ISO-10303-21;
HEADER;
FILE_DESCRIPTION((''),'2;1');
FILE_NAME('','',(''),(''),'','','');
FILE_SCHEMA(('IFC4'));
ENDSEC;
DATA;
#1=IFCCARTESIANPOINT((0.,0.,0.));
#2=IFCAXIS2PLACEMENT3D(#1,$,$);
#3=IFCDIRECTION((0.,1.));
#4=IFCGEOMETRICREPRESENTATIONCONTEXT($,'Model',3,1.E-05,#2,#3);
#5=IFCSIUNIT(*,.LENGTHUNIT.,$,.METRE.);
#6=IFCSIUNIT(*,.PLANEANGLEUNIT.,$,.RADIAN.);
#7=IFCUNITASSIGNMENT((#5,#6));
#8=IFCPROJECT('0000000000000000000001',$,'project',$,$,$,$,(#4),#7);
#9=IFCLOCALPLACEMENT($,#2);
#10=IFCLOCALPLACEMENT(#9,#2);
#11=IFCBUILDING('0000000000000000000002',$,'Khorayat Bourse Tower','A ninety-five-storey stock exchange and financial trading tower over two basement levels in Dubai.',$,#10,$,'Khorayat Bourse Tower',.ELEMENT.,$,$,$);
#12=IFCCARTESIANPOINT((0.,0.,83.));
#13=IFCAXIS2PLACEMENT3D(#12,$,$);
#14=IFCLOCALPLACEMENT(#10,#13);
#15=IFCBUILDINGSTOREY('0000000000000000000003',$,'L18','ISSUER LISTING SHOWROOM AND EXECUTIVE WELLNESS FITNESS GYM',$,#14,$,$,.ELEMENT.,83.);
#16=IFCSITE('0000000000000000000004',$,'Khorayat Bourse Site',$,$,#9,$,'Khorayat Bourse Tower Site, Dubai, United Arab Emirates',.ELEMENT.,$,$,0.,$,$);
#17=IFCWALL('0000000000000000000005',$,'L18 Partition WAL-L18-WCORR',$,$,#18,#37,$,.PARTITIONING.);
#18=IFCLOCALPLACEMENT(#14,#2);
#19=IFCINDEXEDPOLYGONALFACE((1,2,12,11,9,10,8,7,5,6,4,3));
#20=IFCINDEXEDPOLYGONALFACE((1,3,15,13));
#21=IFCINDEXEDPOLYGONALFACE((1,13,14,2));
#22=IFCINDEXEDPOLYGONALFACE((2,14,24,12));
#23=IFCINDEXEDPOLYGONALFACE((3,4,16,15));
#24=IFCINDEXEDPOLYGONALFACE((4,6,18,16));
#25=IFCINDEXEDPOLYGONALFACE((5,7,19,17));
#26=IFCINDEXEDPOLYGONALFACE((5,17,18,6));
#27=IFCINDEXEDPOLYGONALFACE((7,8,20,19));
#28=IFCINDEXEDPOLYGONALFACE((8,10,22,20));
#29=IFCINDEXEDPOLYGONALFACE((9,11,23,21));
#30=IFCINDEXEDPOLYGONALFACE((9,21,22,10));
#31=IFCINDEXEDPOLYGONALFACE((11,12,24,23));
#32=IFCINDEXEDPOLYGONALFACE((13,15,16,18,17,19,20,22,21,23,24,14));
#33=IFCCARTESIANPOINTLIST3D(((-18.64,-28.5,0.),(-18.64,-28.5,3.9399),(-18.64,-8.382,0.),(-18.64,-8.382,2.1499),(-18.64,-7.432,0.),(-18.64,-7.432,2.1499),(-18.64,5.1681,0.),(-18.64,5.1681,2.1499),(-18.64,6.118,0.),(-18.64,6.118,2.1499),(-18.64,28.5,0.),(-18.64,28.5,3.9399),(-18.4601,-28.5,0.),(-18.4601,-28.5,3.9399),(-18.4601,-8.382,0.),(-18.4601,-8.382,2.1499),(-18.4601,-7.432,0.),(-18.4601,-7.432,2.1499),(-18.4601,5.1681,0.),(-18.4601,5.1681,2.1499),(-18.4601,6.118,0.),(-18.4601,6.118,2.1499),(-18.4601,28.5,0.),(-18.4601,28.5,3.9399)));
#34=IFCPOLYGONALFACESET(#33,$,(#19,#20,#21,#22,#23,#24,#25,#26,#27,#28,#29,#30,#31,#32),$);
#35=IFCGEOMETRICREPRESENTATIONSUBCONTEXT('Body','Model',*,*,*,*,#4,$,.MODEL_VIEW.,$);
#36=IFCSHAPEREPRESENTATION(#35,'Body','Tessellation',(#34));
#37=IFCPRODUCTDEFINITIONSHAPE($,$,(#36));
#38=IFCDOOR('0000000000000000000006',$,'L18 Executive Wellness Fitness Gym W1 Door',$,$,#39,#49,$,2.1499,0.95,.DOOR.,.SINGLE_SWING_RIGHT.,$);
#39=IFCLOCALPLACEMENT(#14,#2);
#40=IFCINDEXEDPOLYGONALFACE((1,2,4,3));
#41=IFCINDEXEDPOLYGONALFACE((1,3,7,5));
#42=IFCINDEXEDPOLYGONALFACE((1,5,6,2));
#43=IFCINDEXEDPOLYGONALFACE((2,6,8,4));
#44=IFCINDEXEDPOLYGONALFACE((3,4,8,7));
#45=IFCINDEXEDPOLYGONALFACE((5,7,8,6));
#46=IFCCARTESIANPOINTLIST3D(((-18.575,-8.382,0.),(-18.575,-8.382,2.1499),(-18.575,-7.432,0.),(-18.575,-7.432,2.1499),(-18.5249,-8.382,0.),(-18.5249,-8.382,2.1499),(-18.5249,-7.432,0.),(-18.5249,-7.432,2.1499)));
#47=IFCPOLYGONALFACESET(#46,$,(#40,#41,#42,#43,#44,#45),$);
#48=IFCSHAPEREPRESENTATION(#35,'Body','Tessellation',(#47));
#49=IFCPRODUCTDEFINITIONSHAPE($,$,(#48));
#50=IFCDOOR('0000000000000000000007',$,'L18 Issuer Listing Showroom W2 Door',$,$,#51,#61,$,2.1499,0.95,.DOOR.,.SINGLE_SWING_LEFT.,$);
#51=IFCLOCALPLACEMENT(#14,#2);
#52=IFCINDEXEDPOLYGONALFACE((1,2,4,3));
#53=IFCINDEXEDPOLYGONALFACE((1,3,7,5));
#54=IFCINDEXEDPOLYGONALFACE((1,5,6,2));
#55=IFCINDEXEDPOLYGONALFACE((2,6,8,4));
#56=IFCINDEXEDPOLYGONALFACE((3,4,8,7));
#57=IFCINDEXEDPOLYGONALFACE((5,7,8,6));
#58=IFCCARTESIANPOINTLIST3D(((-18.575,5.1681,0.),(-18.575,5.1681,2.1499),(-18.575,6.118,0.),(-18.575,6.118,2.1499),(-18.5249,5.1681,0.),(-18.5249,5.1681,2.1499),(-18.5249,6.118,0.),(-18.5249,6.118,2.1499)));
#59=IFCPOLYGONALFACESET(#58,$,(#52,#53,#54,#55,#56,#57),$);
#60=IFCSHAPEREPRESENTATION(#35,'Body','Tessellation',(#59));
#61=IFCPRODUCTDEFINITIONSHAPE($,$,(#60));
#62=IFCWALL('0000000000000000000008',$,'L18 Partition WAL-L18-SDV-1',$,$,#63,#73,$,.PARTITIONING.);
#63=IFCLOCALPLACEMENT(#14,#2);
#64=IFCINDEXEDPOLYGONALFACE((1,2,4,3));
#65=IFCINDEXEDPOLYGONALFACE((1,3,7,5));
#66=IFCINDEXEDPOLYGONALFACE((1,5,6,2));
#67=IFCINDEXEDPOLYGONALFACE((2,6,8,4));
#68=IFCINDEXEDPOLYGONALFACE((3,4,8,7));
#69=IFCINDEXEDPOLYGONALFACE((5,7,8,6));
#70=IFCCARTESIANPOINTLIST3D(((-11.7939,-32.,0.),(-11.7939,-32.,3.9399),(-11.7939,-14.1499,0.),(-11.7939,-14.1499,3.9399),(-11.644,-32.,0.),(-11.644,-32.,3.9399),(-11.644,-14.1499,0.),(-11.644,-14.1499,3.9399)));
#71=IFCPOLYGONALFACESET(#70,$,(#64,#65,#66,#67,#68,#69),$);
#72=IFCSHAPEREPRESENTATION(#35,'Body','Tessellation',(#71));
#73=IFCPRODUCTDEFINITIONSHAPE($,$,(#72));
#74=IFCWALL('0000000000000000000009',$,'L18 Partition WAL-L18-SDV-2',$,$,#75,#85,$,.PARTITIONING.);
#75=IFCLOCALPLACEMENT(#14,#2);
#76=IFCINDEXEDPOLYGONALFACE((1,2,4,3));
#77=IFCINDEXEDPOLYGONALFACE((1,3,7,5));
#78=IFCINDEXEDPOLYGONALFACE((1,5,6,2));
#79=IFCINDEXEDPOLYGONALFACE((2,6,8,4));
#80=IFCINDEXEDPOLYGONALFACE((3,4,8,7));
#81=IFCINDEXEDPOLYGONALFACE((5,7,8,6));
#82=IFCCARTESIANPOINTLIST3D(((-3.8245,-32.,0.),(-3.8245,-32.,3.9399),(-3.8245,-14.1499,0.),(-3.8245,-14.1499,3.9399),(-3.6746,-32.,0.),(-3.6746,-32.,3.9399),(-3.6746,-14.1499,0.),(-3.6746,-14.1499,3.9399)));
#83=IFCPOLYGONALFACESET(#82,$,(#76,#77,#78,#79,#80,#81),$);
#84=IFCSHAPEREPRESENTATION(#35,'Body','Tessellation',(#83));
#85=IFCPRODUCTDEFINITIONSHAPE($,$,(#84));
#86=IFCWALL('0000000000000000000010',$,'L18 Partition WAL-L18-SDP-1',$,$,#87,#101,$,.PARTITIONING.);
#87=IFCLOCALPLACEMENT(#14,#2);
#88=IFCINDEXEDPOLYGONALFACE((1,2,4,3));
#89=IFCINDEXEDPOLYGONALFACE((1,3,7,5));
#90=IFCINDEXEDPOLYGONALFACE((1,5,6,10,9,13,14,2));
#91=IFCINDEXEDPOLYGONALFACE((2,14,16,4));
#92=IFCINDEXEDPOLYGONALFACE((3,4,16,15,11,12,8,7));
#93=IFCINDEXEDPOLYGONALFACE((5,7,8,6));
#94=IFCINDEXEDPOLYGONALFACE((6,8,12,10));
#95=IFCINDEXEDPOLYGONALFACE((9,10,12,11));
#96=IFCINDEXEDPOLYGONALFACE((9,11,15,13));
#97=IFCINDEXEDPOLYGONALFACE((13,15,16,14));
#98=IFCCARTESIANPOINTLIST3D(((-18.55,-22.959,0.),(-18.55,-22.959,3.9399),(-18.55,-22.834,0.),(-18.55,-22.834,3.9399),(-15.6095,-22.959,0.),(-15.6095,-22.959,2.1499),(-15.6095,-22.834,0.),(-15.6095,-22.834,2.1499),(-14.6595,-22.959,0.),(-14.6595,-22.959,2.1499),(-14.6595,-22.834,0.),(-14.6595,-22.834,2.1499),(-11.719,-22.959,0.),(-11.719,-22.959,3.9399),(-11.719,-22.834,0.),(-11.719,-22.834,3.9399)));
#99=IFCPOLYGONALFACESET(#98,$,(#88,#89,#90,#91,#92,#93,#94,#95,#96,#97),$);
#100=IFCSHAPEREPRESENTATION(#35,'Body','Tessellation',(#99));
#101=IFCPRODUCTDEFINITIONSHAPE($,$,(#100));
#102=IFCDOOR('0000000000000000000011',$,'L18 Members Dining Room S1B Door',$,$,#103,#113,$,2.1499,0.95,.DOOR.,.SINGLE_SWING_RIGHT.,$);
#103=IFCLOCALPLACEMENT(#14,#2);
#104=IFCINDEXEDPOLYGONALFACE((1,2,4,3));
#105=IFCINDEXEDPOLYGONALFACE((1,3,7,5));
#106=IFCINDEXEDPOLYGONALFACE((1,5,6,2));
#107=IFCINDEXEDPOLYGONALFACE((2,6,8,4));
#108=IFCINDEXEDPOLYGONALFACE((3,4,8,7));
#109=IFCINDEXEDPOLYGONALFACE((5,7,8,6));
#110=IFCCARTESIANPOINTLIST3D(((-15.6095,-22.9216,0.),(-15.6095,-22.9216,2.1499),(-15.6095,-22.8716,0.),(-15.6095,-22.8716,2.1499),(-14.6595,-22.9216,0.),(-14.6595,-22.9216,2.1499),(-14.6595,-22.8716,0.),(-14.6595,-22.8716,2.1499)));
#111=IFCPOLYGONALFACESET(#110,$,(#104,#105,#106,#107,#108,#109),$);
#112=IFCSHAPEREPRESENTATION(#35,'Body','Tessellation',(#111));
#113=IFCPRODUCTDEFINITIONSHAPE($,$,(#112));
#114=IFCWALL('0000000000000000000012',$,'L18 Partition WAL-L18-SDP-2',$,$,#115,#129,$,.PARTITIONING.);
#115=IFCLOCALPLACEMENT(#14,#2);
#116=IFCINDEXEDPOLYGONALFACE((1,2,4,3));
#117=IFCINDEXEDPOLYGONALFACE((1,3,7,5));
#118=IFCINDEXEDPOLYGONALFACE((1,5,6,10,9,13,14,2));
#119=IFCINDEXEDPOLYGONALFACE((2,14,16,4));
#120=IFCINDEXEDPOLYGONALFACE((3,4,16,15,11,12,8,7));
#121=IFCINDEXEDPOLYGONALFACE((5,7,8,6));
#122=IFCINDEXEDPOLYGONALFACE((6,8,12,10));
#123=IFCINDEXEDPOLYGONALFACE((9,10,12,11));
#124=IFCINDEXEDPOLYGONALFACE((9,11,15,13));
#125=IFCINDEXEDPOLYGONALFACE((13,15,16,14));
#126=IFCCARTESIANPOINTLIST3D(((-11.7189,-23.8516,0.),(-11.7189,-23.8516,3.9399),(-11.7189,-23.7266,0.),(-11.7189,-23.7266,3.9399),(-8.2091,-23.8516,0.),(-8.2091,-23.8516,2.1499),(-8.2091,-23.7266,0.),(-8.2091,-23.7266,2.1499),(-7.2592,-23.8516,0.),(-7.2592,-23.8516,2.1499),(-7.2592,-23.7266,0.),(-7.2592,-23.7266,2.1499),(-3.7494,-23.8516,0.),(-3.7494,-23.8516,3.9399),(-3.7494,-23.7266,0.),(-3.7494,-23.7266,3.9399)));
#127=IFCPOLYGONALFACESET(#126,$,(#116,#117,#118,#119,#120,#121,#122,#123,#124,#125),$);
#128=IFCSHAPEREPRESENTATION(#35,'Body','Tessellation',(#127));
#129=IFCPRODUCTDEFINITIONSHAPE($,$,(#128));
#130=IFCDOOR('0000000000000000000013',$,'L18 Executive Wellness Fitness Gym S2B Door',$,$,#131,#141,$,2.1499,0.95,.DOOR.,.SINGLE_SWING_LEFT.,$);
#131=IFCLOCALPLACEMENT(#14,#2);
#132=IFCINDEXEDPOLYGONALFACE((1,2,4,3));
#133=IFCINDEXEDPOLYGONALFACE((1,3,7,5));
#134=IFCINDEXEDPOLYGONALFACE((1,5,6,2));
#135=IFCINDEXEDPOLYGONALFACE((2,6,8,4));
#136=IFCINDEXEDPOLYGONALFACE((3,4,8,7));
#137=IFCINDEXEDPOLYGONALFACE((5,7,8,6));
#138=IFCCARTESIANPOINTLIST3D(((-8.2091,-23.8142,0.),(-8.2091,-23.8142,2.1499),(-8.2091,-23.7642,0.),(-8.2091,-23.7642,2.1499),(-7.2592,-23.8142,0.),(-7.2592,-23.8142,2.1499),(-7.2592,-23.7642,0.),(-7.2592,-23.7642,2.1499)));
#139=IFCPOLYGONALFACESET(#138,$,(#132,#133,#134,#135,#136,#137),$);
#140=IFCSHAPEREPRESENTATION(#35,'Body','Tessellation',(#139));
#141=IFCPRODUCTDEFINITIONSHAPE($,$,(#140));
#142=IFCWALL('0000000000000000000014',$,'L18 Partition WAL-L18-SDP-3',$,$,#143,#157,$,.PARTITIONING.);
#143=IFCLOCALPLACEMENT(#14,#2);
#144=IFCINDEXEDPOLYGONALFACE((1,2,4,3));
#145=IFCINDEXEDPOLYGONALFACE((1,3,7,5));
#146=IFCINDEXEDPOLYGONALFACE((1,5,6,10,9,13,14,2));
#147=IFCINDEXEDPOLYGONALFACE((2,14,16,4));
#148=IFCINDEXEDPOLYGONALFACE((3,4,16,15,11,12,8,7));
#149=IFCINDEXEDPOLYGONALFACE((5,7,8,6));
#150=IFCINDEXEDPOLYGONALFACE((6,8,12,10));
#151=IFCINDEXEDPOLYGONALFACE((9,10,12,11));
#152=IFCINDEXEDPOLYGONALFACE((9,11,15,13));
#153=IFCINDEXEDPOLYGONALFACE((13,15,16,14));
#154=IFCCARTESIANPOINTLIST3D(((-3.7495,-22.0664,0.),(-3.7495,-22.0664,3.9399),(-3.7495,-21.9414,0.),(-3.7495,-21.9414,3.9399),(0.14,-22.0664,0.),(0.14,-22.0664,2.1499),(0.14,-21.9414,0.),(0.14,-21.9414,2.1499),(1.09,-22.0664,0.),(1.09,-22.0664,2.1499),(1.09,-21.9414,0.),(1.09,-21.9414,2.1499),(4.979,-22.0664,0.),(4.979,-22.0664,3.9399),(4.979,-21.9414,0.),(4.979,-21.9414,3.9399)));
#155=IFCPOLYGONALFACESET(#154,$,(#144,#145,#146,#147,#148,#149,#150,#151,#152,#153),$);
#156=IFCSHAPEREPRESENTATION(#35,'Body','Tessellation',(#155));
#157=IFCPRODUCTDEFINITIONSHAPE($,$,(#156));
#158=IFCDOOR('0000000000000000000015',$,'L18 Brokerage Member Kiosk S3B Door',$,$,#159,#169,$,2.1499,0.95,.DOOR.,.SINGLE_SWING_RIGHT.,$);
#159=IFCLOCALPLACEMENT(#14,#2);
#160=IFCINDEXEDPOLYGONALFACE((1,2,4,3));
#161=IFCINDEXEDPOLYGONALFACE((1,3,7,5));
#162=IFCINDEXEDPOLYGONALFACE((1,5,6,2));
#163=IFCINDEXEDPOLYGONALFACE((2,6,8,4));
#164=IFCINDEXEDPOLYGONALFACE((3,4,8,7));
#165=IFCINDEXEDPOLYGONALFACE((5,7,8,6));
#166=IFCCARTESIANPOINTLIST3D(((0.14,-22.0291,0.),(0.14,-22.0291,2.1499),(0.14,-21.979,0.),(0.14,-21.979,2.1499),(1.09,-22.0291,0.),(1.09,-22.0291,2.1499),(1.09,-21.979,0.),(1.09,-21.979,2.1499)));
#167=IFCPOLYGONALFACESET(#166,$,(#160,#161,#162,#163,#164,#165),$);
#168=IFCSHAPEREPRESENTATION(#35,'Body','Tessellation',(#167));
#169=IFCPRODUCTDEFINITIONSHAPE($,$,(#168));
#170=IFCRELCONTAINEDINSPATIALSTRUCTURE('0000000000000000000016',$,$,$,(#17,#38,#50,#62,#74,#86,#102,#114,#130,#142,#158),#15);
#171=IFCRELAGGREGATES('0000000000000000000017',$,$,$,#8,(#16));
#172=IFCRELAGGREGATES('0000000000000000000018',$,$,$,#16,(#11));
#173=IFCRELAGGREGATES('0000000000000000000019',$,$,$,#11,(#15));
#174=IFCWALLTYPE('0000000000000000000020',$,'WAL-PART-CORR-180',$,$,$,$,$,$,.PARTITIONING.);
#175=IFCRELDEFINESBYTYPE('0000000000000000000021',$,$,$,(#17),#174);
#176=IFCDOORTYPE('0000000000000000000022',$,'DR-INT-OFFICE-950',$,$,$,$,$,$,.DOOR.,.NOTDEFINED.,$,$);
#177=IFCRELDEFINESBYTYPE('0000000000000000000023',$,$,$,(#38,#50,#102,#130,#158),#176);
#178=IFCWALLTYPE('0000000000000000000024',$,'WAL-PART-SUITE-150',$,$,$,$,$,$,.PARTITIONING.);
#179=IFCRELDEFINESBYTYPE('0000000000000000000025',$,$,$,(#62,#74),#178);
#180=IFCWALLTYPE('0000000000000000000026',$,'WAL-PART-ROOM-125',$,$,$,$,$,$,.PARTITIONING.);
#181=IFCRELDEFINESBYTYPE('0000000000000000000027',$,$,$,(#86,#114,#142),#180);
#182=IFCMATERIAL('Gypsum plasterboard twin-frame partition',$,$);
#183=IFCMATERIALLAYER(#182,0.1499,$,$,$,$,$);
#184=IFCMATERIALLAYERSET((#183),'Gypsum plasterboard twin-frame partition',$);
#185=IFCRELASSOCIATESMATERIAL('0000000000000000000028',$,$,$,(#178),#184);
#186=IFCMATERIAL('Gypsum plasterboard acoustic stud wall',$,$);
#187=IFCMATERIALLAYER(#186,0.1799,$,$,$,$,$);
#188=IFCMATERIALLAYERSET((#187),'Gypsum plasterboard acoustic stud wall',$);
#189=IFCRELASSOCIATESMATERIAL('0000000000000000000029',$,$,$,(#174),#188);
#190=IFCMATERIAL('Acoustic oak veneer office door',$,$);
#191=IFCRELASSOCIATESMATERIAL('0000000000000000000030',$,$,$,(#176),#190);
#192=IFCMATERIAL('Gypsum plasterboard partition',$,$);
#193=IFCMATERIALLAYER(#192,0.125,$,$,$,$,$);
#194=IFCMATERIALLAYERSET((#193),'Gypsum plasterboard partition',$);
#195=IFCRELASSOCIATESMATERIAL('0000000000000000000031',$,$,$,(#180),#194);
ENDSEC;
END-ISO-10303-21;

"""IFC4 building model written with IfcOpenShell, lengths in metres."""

from ifc_helpers import new_model, si_unit, direction, frame, frame_2d, origin, place, context, subcontext, project, spatial, rectangle, extrude, source, transform, mapped, material, layer, layer_set, type_object, element, fill, save


model = new_model("IFC4")

# Units and contexts
model_context = context("Model", 3, precision=1e-05, world=origin(), true_north=direction((0.0, 1.0)))
body_context = subcontext(model_context, "Body", "Model", "MODEL_VIEW")
ifc_project = project(units=[si_unit("LENGTHUNIT", "METRE"), si_unit("PLANEANGLEUNIT", "RADIAN")], contexts=[model_context])

# Site, building, storey
site_placement = place(None, origin())
site = spatial("IfcSite", under=ifc_project, at=site_placement, Name="Khorayat Bourse Site", LongName="Khorayat Bourse Tower Site, Dubai, United Arab Emirates", CompositionType="ELEMENT", RefElevation=0.0)
building_placement = place(site_placement, origin())
building = spatial("IfcBuilding", under=site, at=building_placement, Name="Khorayat Bourse Tower", Description="A ninety-five-storey stock exchange and financial trading tower over two basement levels in Dubai.", LongName="Khorayat Bourse Tower", CompositionType="ELEMENT")
storey_placement = place(building_placement, frame((0.0, 0.0, 83.0)))
storey = spatial("IfcBuildingStorey", under=building, at=storey_placement, Name="L18", Description="ISSUER LISTING SHOWROOM AND EXECUTIVE WELLNESS FITNESS GYM", CompositionType="ELEMENT", Elevation=83.0)

# Shared definitions
ifc_material_1 = material(Name="Gypsum plasterboard twin-frame partition")
ifc_layer_1 = layer(ifc_material_1, 0.1499)
ifc_layer_set_1 = layer_set([ifc_layer_1], Name="Gypsum plasterboard twin-frame partition")
wall_type_1 = type_object("IfcWallType", Name="WAL-PART-SUITE-150", PredefinedType="PARTITIONING", material=ifc_layer_set_1)

# Wall, openings, doors
ifc_material_2 = material(Name="Gypsum plasterboard acoustic stud wall")
ifc_layer_2 = layer(ifc_material_2, 0.1799)
ifc_layer_set_2 = layer_set([ifc_layer_2], Name="Gypsum plasterboard acoustic stud wall")
wall_type_2 = type_object("IfcWallType", Name="WAL-PART-CORR-180", PredefinedType="PARTITIONING", material=ifc_layer_set_2)
shared_shape_1 = source(origin(), body_context, "Body", "SweptSolid", [
    extrude(rectangle(XDim=57.0, YDim=0.1799, at=frame_2d((28.5, 0.0))), origin(), (0.0, 0.0, 1.0), 3.9399),
])
wall_1_placement = place(storey_placement, frame((-18.55, -28.5, 0.0), z_axis=(0.0, 0.0, 1.0), x_axis=(0.0, 1.0, 0.0)))
wall_1 = element("IfcWall", 1, at=wall_1_placement, inside=storey, type_object=wall_type_2, Name="L18 Partition WAL-L18-WCORR", PredefinedType="PARTITIONING", context=body_context, shape_type="MappedRepresentation", body=[
    mapped(shared_shape_1, transform((0.0, 0.0, 0.0), scale=1.0)),
])
shared_shape_2 = source(origin(), body_context, "Body", "SweptSolid", [
    extrude(rectangle(XDim=0.95, YDim=2.1499, at=frame_2d((0.4751, 1.075))), frame((0.0, 0.0999, 0.0), z_axis=(0.0, -1.0, 0.0), x_axis=(1.0, 0.0, 0.0)), (0.0, 0.0, 1.0), 0.2),
])
opening_1_placement = place(wall_1_placement, frame((20.1179, 0.0, 0.0)))
opening_1 = element("IfcOpeningElement", 2, at=opening_1_placement, cuts=wall_1, PredefinedType="OPENING", context=body_context, shape_type="MappedRepresentation", body=[
    mapped(shared_shape_2, transform((0.0, 0.0, 0.0), scale=1.0)),
])
opening_2_placement = place(wall_1_placement, frame((33.668, 0.0, 0.0)))
opening_2 = element("IfcOpeningElement", 3, at=opening_2_placement, cuts=wall_1, PredefinedType="OPENING", context=body_context, shape_type="MappedRepresentation", body=[
    mapped(shared_shape_2, transform((0.0, 0.0, 0.0), scale=1.0)),
])
ifc_material_3 = material(Name="Acoustic oak veneer office door")
door_type = type_object("IfcDoorType", Name="DR-INT-OFFICE-950", OperationType="NOTDEFINED", PredefinedType="DOOR", material=ifc_material_3)
shared_shape_3 = source(origin(), body_context, "Body", "SweptSolid", [
    extrude(rectangle(XDim=0.95, YDim=2.1499, at=frame_2d((0.4751, 1.075))), frame((0.0, 0.0249, 0.0), z_axis=(0.0, -1.0, 0.0), x_axis=(1.0, 0.0, 0.0)), (0.0, 0.0, 1.0), 0.05),
])
door_1_placement = place(opening_1_placement, origin())
door_1 = element("IfcDoor", 4, at=door_1_placement, inside=storey, type_object=door_type, Name="L18 Executive Wellness Fitness Gym W1 Door", OperationType="SINGLE_SWING_RIGHT", OverallHeight=2.1499, OverallWidth=0.95, PredefinedType="DOOR", context=body_context, shape_type="MappedRepresentation", body=[
    mapped(shared_shape_3, transform((0.0, 0.0, 0.0), scale=1.0)),
])
fill(opening_1, door_1)
door_2_placement = place(opening_2_placement, origin())
door_2 = element("IfcDoor", 5, at=door_2_placement, inside=storey, type_object=door_type, Name="L18 Issuer Listing Showroom W2 Door", OperationType="SINGLE_SWING_LEFT", OverallHeight=2.1499, OverallWidth=0.95, PredefinedType="DOOR", context=body_context, shape_type="MappedRepresentation", body=[
    mapped(shared_shape_3, transform((0.0, 0.0, 0.0), scale=1.0)),
])
fill(opening_2, door_2)

# Walls
shared_shape_4 = source(origin(), body_context, "Body", "SweptSolid", [
    extrude(rectangle(XDim=17.8501, YDim=0.1499, at=frame_2d((8.925, 0.0))), origin(), (0.0, 0.0, 1.0), 3.9399),
])
for number, where, z_axis, x_axis, name in (
    (6, (-11.719, -32.0, 0.0), (0.0, 0.0, 1.0), (0.0, 1.0, 0.0), "L18 Partition WAL-L18-SDV-1"),
    (7, (-3.7495, -32.0, 0.0), (0.0, 0.0, 1.0), (0.0, 1.0, 0.0), "L18 Partition WAL-L18-SDV-2"),
):
    element("IfcWall", number, at=place(storey_placement, frame(where, z_axis=z_axis, x_axis=x_axis)), inside=storey, type_object=wall_type_1, Name=name, PredefinedType="PARTITIONING", context=body_context, shape_type="MappedRepresentation", body=[
        mapped(shared_shape_4, transform((0.0, 0.0, 0.0), scale=1.0)),
    ])

# Walls, openings, doors
ifc_material_4 = material(Name="Gypsum plasterboard partition")
ifc_layer_3 = layer(ifc_material_4, 0.125)
ifc_layer_set_3 = layer_set([ifc_layer_3], Name="Gypsum plasterboard partition")
wall_type_3 = type_object("IfcWallType", Name="WAL-PART-ROOM-125", PredefinedType="PARTITIONING", material=ifc_layer_set_3)
shared_shape_5 = source(origin(), body_context, "Body", "SweptSolid", [
    extrude(rectangle(XDim=6.8311, YDim=0.125, at=frame_2d((3.4155, 0.0))), origin(), (0.0, 0.0, 1.0), 3.9399),
])
wall_2_placement = place(storey_placement, frame((-18.55, -22.8965, 0.0), z_axis=(0.0, 0.0, 1.0), x_axis=(1.0, 0.0, 0.0)))
wall_2 = element("IfcWall", 8, at=wall_2_placement, inside=storey, type_object=wall_type_3, Name="L18 Partition WAL-L18-SDP-1", PredefinedType="PARTITIONING", context=body_context, shape_type="MappedRepresentation", body=[
    mapped(shared_shape_5, transform((0.0, 0.0, 0.0), scale=1.0)),
])
shared_shape_6 = source(origin(), body_context, "Body", "SweptSolid", [
    extrude(rectangle(XDim=0.95, YDim=2.1499, at=frame_2d((0.4751, 1.075))), frame((0.0, 0.0725, 0.0), z_axis=(0.0, -1.0, 0.0), x_axis=(1.0, 0.0, 0.0)), (0.0, 0.0, 1.0), 0.145),
])
opening_3_placement = place(wall_2_placement, frame((2.9404, 0.0, 0.0)))
opening_3 = element("IfcOpeningElement", 9, at=opening_3_placement, cuts=wall_2, PredefinedType="OPENING", context=body_context, shape_type="MappedRepresentation", body=[
    mapped(shared_shape_6, transform((0.0, 0.0, 0.0), scale=1.0)),
])
door_3_placement = place(opening_3_placement, origin())
door_3 = element("IfcDoor", 10, at=door_3_placement, inside=storey, type_object=door_type, Name="L18 Members Dining Room S1B Door", OperationType="SINGLE_SWING_RIGHT", OverallHeight=2.1499, OverallWidth=0.95, PredefinedType="DOOR", context=body_context, shape_type="MappedRepresentation", body=[
    mapped(shared_shape_3, transform((0.0, 0.0, 0.0), scale=1.0)),
])
fill(opening_3, door_3)
shared_shape_7 = source(origin(), body_context, "Body", "SweptSolid", [
    extrude(rectangle(XDim=7.9695, YDim=0.125, at=frame_2d((3.9849, 0.0))), origin(), (0.0, 0.0, 1.0), 3.9399),
])
wall_3_placement = place(storey_placement, frame((-11.719, -23.7891, 0.0), z_axis=(0.0, 0.0, 1.0), x_axis=(1.0, 0.0, 0.0)))
wall_3 = element("IfcWall", 11, at=wall_3_placement, inside=storey, type_object=wall_type_3, Name="L18 Partition WAL-L18-SDP-2", PredefinedType="PARTITIONING", context=body_context, shape_type="MappedRepresentation", body=[
    mapped(shared_shape_7, transform((0.0, 0.0, 0.0), scale=1.0)),
])
opening_4_placement = place(wall_3_placement, frame((3.5098, 0.0, 0.0)))
opening_4 = element("IfcOpeningElement", 12, at=opening_4_placement, cuts=wall_3, PredefinedType="OPENING", context=body_context, shape_type="MappedRepresentation", body=[
    mapped(shared_shape_6, transform((0.0, 0.0, 0.0), scale=1.0)),
])
door_4_placement = place(opening_4_placement, origin())
door_4 = element("IfcDoor", 13, at=door_4_placement, inside=storey, type_object=door_type, Name="L18 Executive Wellness Fitness Gym S2B Door", OperationType="SINGLE_SWING_LEFT", OverallHeight=2.1499, OverallWidth=0.95, PredefinedType="DOOR", context=body_context, shape_type="MappedRepresentation", body=[
    mapped(shared_shape_3, transform((0.0, 0.0, 0.0), scale=1.0)),
])
fill(opening_4, door_4)
shared_shape_8 = source(origin(), body_context, "Body", "SweptSolid", [
    extrude(rectangle(XDim=8.7285, YDim=0.125, at=frame_2d((4.3643, 0.0))), origin(), (0.0, 0.0, 1.0), 3.9399),
])
wall_4_placement = place(storey_placement, frame((-3.7495, -22.0039, 0.0), z_axis=(0.0, 0.0, 1.0), x_axis=(1.0, 0.0, 0.0)))
wall_4 = element("IfcWall", 14, at=wall_4_placement, inside=storey, type_object=wall_type_3, Name="L18 Partition WAL-L18-SDP-3", PredefinedType="PARTITIONING", context=body_context, shape_type="MappedRepresentation", body=[
    mapped(shared_shape_8, transform((0.0, 0.0, 0.0), scale=1.0)),
])
opening_5_placement = place(wall_4_placement, frame((3.8894, 0.0, 0.0)))
opening_5 = element("IfcOpeningElement", 15, at=opening_5_placement, cuts=wall_4, PredefinedType="OPENING", context=body_context, shape_type="MappedRepresentation", body=[
    mapped(shared_shape_6, transform((0.0, 0.0, 0.0), scale=1.0)),
])
door_5_placement = place(opening_5_placement, origin())
door_5 = element("IfcDoor", 16, at=door_5_placement, inside=storey, type_object=door_type, Name="L18 Brokerage Member Kiosk S3B Door", OperationType="SINGLE_SWING_RIGHT", OverallHeight=2.1499, OverallWidth=0.95, PredefinedType="DOOR", context=body_context, shape_type="MappedRepresentation", body=[
    mapped(shared_shape_3, transform((0.0, 0.0, 0.0), scale=1.0)),
])
fill(opening_5, door_5)

save(model, "model.ifc")
